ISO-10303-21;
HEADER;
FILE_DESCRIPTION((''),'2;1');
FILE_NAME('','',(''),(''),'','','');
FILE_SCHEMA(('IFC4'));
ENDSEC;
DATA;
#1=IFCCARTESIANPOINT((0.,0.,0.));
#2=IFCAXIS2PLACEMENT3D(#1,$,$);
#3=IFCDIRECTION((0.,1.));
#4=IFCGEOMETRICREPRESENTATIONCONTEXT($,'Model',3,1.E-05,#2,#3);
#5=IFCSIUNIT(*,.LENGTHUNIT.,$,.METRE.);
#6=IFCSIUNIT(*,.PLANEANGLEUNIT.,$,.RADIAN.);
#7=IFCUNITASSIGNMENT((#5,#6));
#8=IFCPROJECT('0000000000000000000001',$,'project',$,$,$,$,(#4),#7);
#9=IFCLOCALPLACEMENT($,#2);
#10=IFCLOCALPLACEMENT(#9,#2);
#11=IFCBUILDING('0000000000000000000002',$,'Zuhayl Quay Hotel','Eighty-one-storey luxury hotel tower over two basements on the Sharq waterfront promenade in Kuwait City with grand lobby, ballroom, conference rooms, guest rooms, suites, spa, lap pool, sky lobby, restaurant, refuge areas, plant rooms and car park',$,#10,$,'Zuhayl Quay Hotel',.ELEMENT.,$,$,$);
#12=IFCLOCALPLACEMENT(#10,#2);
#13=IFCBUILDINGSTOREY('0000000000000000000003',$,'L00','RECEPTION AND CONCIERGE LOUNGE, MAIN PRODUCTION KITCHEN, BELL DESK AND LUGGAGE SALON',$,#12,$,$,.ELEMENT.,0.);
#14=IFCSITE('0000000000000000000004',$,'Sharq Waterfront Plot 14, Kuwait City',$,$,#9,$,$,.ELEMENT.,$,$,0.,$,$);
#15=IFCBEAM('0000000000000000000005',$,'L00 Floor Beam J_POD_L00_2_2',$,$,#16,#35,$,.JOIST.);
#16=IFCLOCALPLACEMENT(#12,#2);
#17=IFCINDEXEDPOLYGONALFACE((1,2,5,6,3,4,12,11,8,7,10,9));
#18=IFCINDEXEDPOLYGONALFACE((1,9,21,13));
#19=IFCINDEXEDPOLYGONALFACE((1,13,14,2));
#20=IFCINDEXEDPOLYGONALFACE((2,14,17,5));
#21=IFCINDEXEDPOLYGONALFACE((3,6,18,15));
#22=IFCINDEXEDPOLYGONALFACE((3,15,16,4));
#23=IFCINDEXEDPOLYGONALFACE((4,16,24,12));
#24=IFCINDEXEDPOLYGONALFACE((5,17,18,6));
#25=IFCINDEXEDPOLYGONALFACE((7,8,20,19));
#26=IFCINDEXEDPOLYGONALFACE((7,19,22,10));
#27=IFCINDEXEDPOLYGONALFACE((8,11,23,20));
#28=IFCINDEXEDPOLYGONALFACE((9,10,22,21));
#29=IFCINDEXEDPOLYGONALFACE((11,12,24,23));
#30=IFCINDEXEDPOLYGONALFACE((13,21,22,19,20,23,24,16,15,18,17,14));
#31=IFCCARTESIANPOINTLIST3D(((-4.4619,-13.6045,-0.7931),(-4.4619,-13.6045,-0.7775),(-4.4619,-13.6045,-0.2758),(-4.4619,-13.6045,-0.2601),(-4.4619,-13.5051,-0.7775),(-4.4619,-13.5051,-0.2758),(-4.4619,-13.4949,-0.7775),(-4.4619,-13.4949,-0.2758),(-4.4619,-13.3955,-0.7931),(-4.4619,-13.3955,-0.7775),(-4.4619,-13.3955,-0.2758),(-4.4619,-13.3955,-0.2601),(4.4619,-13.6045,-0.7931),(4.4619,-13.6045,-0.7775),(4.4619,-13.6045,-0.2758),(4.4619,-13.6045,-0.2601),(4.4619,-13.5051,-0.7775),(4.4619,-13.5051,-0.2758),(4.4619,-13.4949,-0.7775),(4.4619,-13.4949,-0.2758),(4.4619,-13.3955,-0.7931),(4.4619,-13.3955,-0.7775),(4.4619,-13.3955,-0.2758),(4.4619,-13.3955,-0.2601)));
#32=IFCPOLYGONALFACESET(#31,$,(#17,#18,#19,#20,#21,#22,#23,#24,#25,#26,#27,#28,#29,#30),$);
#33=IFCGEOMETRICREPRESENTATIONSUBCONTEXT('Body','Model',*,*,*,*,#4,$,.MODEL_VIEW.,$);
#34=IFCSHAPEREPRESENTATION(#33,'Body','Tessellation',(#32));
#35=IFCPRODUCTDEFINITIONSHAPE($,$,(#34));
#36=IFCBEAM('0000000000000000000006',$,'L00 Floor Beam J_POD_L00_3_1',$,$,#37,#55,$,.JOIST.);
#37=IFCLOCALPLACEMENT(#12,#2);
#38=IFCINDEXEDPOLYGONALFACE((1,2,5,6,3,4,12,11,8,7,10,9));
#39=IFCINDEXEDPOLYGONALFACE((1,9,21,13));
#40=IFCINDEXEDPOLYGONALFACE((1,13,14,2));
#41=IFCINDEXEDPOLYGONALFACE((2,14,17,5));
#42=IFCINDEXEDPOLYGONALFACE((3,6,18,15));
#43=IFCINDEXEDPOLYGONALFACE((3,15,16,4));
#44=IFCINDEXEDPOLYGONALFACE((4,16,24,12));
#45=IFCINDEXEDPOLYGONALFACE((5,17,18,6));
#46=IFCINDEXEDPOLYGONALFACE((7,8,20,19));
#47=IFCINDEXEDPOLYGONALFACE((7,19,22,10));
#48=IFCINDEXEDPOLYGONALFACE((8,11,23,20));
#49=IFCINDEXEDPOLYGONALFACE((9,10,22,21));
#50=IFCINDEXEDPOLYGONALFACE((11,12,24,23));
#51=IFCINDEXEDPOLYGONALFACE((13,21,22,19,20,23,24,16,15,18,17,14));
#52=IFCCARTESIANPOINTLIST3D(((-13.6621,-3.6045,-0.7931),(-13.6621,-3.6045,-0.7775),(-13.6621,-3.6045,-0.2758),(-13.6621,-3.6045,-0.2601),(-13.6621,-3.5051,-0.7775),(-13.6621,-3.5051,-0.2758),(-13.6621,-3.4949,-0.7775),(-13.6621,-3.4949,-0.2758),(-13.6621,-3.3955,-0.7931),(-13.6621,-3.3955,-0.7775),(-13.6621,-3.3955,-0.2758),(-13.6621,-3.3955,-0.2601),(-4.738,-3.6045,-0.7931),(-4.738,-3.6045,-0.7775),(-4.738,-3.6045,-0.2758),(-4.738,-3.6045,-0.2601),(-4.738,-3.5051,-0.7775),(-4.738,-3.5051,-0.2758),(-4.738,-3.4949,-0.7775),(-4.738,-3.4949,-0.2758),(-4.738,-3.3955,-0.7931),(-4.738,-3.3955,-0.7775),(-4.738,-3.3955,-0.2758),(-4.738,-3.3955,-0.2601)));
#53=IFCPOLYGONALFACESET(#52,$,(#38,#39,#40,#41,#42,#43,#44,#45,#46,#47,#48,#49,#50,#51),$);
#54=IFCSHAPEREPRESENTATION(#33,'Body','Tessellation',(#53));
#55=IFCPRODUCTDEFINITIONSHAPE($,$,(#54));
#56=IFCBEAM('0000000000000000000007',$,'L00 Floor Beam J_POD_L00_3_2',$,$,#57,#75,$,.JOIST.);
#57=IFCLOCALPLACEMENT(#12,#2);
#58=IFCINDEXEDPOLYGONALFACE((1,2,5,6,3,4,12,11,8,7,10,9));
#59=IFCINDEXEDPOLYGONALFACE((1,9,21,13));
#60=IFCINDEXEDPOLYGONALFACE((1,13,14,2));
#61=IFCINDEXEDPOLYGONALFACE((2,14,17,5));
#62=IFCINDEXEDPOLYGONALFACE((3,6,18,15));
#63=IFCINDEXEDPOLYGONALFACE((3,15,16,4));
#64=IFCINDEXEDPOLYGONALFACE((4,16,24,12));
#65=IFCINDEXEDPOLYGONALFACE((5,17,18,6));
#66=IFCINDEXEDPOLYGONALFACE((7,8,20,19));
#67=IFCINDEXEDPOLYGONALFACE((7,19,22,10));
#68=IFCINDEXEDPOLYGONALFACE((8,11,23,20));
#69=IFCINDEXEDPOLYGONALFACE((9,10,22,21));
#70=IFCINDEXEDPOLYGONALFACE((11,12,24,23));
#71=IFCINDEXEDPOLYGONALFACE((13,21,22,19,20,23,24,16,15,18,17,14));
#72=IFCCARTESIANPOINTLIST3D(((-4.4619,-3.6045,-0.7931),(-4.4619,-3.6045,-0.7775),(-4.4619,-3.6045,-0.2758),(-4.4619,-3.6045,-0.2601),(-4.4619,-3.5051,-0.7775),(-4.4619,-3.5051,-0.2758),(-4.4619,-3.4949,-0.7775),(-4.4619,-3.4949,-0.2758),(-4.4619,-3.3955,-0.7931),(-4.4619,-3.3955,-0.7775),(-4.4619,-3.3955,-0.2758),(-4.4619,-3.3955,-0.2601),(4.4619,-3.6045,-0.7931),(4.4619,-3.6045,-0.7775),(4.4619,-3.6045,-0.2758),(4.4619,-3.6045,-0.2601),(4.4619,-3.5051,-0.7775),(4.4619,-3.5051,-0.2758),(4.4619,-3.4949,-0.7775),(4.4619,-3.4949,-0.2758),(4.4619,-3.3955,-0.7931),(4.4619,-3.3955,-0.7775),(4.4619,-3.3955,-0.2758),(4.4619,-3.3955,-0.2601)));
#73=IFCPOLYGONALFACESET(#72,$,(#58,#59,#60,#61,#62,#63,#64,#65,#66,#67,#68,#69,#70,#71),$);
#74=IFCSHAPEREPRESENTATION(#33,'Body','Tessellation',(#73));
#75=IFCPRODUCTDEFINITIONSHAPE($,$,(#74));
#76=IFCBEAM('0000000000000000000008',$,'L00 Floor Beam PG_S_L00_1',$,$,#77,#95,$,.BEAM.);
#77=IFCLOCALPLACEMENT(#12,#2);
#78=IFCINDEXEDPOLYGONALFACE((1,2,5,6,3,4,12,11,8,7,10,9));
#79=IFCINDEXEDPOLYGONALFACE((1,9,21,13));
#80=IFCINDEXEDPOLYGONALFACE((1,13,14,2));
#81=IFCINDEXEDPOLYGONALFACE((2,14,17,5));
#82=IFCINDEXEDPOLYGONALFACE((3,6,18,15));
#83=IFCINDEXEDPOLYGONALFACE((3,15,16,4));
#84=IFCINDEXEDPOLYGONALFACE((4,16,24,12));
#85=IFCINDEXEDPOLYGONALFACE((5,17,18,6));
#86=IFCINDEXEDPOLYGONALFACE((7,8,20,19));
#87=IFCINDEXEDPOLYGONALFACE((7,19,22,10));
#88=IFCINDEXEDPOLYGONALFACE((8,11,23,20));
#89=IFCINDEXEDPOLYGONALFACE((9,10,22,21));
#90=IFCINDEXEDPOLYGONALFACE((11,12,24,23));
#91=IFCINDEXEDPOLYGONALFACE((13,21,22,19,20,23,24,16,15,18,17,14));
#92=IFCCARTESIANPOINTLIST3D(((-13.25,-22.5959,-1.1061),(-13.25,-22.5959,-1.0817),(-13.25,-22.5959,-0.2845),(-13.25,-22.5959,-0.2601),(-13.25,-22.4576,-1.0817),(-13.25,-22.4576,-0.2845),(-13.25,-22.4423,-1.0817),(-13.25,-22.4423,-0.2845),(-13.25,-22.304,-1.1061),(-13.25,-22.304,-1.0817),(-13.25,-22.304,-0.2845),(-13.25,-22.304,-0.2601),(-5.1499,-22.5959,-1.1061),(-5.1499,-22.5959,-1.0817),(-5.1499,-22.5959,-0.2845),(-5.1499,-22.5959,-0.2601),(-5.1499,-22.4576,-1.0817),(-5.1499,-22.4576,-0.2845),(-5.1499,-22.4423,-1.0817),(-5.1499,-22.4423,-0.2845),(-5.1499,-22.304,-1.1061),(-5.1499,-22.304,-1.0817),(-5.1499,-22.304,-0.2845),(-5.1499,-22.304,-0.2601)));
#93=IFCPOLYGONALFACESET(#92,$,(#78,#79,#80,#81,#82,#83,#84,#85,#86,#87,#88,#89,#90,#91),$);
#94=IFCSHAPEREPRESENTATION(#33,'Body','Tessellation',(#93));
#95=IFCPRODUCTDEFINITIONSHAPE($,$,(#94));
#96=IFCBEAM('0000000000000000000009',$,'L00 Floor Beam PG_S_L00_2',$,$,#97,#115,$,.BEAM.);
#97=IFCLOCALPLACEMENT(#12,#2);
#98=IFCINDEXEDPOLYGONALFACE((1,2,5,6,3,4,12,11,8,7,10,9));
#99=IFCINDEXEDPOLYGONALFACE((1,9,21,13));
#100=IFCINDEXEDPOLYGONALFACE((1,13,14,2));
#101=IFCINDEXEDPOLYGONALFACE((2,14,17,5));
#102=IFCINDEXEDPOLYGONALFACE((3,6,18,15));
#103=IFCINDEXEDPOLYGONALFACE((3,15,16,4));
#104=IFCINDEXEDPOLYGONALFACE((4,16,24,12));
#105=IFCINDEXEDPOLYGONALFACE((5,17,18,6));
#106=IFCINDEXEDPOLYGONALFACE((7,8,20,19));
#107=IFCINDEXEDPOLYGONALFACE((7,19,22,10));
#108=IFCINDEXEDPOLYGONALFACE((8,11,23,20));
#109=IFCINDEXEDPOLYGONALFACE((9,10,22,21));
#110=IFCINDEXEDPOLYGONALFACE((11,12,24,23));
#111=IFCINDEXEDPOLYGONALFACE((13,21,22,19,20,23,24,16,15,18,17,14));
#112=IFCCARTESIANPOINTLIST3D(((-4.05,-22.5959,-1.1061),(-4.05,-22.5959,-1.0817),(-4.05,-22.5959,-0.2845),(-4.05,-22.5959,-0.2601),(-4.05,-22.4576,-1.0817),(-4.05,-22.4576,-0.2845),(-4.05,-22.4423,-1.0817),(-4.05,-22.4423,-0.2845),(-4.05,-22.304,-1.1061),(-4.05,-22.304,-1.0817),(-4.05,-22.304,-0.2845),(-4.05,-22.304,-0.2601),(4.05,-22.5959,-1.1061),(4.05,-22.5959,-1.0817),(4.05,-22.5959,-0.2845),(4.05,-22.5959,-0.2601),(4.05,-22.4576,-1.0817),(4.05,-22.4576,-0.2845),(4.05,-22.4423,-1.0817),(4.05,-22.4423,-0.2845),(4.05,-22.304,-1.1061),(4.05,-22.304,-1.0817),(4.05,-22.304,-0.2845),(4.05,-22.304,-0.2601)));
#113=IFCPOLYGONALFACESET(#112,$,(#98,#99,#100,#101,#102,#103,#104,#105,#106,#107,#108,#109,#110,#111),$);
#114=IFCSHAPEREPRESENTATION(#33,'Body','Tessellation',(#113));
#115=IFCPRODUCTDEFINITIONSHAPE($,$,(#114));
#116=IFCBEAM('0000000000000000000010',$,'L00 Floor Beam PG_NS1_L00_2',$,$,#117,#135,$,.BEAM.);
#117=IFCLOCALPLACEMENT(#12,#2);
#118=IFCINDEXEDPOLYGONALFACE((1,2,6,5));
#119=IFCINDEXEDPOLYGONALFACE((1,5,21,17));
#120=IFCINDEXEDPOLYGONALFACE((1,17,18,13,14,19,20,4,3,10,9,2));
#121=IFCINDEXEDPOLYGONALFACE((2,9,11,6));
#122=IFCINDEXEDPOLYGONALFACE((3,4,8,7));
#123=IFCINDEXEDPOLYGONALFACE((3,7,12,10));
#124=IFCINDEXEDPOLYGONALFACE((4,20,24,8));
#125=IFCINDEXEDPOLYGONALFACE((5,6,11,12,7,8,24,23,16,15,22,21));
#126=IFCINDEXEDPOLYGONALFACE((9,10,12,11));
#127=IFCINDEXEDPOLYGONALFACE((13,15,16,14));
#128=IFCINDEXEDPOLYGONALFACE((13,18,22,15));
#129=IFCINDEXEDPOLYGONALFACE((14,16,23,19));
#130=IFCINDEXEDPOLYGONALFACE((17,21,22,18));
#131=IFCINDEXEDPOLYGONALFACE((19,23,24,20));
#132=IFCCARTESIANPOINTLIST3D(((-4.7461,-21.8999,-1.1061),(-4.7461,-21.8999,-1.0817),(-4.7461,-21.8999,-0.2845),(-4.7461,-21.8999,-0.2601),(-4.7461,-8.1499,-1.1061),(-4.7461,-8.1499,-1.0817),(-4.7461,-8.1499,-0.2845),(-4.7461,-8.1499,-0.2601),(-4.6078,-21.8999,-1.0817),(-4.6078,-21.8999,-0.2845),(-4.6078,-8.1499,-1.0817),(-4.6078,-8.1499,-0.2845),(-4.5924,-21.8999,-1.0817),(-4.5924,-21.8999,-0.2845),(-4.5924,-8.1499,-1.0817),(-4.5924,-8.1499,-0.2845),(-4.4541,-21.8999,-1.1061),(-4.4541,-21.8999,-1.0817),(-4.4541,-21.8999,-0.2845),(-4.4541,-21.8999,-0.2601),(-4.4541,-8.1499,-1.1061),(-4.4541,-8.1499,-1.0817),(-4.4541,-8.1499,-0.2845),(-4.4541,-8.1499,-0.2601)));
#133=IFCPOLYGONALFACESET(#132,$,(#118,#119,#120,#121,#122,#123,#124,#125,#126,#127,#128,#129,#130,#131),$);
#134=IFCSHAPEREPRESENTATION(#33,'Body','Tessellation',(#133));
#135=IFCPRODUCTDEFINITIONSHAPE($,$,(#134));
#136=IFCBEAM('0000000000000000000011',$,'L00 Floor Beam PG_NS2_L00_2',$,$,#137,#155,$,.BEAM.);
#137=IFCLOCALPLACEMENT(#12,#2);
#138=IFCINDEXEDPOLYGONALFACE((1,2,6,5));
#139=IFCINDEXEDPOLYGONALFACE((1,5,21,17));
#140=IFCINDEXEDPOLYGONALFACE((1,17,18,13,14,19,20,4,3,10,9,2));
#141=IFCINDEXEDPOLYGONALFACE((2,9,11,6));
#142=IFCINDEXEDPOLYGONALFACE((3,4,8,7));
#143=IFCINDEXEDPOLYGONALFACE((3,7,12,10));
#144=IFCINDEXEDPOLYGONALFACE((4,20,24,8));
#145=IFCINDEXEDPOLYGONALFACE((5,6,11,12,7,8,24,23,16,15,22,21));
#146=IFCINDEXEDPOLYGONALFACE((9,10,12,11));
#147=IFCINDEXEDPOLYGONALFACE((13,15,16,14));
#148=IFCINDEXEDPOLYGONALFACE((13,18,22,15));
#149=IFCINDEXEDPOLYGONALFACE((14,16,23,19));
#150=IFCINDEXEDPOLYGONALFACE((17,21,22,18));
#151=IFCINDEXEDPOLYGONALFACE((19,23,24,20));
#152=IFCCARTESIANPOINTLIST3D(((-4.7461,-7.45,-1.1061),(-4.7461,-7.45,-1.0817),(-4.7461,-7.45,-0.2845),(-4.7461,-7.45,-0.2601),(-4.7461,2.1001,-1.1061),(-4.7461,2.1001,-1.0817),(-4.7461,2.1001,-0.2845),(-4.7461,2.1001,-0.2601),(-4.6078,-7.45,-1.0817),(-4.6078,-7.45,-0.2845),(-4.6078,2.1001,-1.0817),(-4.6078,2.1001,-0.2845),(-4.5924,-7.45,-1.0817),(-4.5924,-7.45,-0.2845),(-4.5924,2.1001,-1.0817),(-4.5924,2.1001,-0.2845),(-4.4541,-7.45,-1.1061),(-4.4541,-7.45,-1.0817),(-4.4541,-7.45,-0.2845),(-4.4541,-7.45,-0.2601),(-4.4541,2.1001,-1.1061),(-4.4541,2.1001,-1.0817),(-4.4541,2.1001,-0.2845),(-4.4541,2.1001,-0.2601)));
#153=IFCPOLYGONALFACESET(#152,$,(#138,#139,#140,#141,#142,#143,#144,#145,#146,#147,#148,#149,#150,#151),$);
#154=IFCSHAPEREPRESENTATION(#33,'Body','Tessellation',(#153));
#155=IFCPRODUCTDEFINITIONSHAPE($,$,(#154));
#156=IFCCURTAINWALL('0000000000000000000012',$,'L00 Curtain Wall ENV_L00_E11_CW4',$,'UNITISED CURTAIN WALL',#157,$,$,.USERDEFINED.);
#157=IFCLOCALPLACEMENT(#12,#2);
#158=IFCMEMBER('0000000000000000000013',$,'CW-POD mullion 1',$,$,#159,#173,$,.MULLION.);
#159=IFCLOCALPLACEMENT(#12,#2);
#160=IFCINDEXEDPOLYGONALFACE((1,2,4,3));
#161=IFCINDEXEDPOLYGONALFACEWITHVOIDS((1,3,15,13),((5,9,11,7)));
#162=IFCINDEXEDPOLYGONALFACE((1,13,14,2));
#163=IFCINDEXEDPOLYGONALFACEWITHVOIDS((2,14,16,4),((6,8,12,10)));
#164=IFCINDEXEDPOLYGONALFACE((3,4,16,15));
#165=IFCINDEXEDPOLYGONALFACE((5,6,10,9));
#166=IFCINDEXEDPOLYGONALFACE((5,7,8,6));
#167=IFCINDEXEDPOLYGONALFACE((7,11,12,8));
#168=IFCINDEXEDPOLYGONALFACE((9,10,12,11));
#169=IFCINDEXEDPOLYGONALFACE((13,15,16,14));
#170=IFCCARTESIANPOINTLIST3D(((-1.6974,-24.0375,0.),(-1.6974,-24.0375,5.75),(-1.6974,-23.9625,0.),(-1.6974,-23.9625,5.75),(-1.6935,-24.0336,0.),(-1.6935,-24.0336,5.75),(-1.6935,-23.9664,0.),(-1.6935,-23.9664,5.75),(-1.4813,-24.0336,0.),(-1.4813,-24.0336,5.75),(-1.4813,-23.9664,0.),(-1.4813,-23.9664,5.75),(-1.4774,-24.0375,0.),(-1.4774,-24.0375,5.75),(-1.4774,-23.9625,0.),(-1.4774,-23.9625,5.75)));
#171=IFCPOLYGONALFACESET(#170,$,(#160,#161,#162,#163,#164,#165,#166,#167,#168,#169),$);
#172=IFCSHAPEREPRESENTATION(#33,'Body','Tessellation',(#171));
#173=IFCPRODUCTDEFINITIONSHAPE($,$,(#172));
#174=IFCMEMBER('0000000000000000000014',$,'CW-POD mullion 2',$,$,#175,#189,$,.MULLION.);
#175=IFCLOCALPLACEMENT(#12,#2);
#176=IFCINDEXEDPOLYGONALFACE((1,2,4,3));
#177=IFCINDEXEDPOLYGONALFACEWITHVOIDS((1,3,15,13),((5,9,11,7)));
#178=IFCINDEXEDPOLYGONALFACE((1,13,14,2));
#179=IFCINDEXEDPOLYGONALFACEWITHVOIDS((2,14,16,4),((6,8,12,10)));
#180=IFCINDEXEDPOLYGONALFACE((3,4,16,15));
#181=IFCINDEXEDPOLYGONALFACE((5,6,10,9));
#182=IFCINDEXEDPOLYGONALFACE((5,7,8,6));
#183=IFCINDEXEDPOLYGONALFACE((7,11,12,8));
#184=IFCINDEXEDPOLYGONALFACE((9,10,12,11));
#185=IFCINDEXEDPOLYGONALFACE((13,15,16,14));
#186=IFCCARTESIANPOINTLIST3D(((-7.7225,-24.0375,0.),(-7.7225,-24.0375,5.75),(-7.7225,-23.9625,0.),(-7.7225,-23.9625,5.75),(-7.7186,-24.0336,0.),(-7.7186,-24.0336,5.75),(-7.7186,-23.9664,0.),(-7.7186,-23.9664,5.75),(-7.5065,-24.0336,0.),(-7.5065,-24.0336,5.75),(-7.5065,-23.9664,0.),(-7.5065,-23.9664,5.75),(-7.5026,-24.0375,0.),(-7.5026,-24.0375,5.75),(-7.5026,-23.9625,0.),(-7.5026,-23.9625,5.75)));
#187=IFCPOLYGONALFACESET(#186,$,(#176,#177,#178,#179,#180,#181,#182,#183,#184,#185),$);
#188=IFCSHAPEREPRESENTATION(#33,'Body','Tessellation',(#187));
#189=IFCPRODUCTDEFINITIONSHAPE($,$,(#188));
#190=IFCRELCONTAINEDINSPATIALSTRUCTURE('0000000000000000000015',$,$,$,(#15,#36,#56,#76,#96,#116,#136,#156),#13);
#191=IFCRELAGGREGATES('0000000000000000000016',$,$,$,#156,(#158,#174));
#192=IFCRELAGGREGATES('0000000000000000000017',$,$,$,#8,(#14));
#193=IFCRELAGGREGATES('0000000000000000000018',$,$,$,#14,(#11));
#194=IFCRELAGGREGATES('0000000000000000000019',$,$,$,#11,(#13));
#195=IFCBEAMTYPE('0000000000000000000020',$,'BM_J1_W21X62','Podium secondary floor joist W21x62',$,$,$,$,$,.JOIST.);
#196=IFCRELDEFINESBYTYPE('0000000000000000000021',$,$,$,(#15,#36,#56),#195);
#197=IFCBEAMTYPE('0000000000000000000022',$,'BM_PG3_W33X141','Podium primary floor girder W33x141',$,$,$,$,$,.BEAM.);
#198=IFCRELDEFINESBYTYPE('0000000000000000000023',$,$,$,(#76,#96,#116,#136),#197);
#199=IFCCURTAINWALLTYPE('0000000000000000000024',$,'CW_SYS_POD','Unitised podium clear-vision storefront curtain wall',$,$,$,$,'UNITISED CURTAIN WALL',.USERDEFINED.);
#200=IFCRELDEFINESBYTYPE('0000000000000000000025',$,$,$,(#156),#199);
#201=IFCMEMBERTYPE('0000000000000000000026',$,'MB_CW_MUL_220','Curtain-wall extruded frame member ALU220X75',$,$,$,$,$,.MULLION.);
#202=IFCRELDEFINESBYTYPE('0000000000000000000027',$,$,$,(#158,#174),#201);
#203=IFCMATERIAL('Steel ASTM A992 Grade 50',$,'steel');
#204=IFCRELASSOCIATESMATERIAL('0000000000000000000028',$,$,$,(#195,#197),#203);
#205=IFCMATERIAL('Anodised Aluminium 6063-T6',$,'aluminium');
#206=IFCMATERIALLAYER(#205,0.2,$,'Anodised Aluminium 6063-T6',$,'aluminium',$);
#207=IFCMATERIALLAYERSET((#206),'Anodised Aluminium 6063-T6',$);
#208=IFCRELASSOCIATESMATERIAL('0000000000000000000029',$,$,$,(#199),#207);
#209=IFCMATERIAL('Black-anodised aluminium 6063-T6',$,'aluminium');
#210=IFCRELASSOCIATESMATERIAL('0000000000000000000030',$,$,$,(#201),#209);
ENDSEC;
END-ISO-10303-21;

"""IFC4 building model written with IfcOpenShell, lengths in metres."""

from ifc_helpers import new_model, si_unit, direction, frame, origin, origin_2d, place, context, subcontext, project, spatial, hollow_rectangle, i_section, extrude, material, layer, layer_set, material_profile, profile_set, type_object, element, aggregate, save


model = new_model("IFC4")

# Units and contexts
model_context = context("Model", 3, precision=1e-05, world=origin(), true_north=direction((0.0, 1.0)))
body_context = subcontext(model_context, "Body", "Model", "MODEL_VIEW")
ifc_project = project(units=[si_unit("LENGTHUNIT", "METRE"), si_unit("PLANEANGLEUNIT", "RADIAN")], contexts=[model_context])

# Site, building, storey
site_placement = place(None, origin())
site = spatial("IfcSite", under=ifc_project, at=site_placement, Name="Sharq Waterfront Plot 14, Kuwait City", CompositionType="ELEMENT", RefElevation=0.0)
building_placement = place(site_placement, origin())
building = spatial("IfcBuilding", under=site, at=building_placement, Name="Zuhayl Quay Hotel", Description="Eighty-one-storey luxury hotel tower over two basements on the Sharq waterfront promenade in Kuwait City with grand lobby, ballroom, conference rooms, guest rooms, suites, spa, lap pool, sky lobby, restaurant, refuge areas, plant rooms and car park", LongName="Zuhayl Quay Hotel", CompositionType="ELEMENT")
storey_placement = place(building_placement, origin())
storey = spatial("IfcBuildingStorey", under=building, at=storey_placement, Name="L00", Description="RECEPTION AND CONCIERGE LOUNGE, MAIN PRODUCTION KITCHEN, BELL DESK AND LUGGAGE SALON", CompositionType="ELEMENT", Elevation=0.0)

# Beams
ifc_material_1 = material(Name="Steel ASTM A992 Grade 50", Category="steel")
ifc_material_profile_1 = material_profile(ifc_material_1, i_section(OverallWidth=0.209, OverallDepth=0.533, WebThickness=0.0103, FlangeThickness=0.0156, at=origin_2d()), Name="W21X62")
ifc_profile_set_1 = profile_set([ifc_material_profile_1], Name="Steel ASTM A992 Grade 50")
beam_type_1 = type_object("IfcBeamType", Name="BM_J1_W21X62", Description="Podium secondary floor joist W21x62", PredefinedType="JOIST", material=ifc_profile_set_1)
for number, where, z_axis, x_axis, name in (
    (1, (-4.4619, -13.5, -0.5266), (1.0, 0.0, 0.0), (0.0, 1.0, 0.0), "L00 Floor Beam J_POD_L00_2_2"),
):
    element("IfcBeam", number, at=place(storey_placement, frame(where, z_axis=z_axis, x_axis=x_axis)), inside=storey, type_object=beam_type_1, Name=name, PredefinedType="JOIST", context=body_context, shape_type="SweptSolid", body=[
        extrude(i_section(OverallWidth=0.209, OverallDepth=0.533, WebThickness=0.0103, FlangeThickness=0.0156, at=origin_2d()), origin(), (0.0, 0.0, 1.0), 8.9238),
    ])
beam_1_placement = place(storey_placement, frame((-13.6621, -3.5, -0.5266), z_axis=(1.0, 0.0, 0.0), x_axis=(0.0, 1.0, 0.0)))
element("IfcBeam", 2, at=beam_1_placement, inside=storey, type_object=beam_type_1, Name="L00 Floor Beam J_POD_L00_3_1", PredefinedType="JOIST", context=body_context, shape_type="SweptSolid", body=[
    extrude(i_section(OverallWidth=0.209, OverallDepth=0.533, WebThickness=0.0103, FlangeThickness=0.0156, at=origin_2d()), origin(), (0.0, 0.0, 1.0), 8.9241),
])
beam_2_placement = place(storey_placement, frame((-4.4619, -3.5, -0.5266), z_axis=(1.0, 0.0, 0.0), x_axis=(0.0, 1.0, 0.0)))
element("IfcBeam", 3, at=beam_2_placement, inside=storey, type_object=beam_type_1, Name="L00 Floor Beam J_POD_L00_3_2", PredefinedType="JOIST", context=body_context, shape_type="SweptSolid", body=[
    extrude(i_section(OverallWidth=0.209, OverallDepth=0.533, WebThickness=0.0103, FlangeThickness=0.0156, at=origin_2d()), origin(), (0.0, 0.0, 1.0), 8.9238),
])
ifc_material_profile_2 = material_profile(ifc_material_1, i_section(OverallWidth=0.292, OverallDepth=0.8459, WebThickness=0.0154, FlangeThickness=0.0244, at=origin_2d()), Name="W33X141")
ifc_profile_set_2 = profile_set([ifc_material_profile_2], Name="Steel ASTM A992 Grade 50")
beam_type_2 = type_object("IfcBeamType", Name="BM_PG3_W33X141", Description="Podium primary floor girder W33x141", PredefinedType="BEAM", material=ifc_profile_set_2)
for number, where, z_axis, x_axis, name in (
    (4, (-13.25, -22.45, -0.6831), (1.0, 0.0, 0.0), (0.0, 1.0, 0.0), "L00 Floor Beam PG_S_L00_1"),
    (5, (-4.05, -22.45, -0.6831), (1.0, 0.0, 0.0), (0.0, 1.0, 0.0), "L00 Floor Beam PG_S_L00_2"),
):
    element("IfcBeam", number, at=place(storey_placement, frame(where, z_axis=z_axis, x_axis=x_axis)), inside=storey, type_object=beam_type_2, Name=name, PredefinedType="BEAM", context=body_context, shape_type="SweptSolid", body=[
        extrude(i_section(OverallWidth=0.292, OverallDepth=0.8459, WebThickness=0.0154, FlangeThickness=0.0244, at=origin_2d()), origin(), (0.0, 0.0, 1.0), 8.1001),
    ])
beam_3_placement = place(storey_placement, frame((-4.6001, -21.8999, -0.6831), z_axis=(0.0, 1.0, 0.0), x_axis=(-1.0, 0.0, 0.0)))
element("IfcBeam", 6, at=beam_3_placement, inside=storey, type_object=beam_type_2, Name="L00 Floor Beam PG_NS1_L00_2", PredefinedType="BEAM", context=body_context, shape_type="SweptSolid", body=[
    extrude(i_section(OverallWidth=0.292, OverallDepth=0.8459, WebThickness=0.0154, FlangeThickness=0.0244, at=origin_2d()), origin(), (0.0, 0.0, 1.0), 13.75),
])
beam_4_placement = place(storey_placement, frame((-4.6001, -7.45, -0.6831), z_axis=(0.0, 1.0, 0.0), x_axis=(-1.0, 0.0, 0.0)))
element("IfcBeam", 7, at=beam_4_placement, inside=storey, type_object=beam_type_2, Name="L00 Floor Beam PG_NS2_L00_2", PredefinedType="BEAM", context=body_context, shape_type="SweptSolid", body=[
    extrude(i_section(OverallWidth=0.292, OverallDepth=0.8459, WebThickness=0.0154, FlangeThickness=0.0244, at=origin_2d()), origin(), (0.0, 0.0, 1.0), 9.55),
])

# Curtain wall, members
ifc_material_2 = material(Name="Anodised Aluminium 6063-T6", Category="aluminium")
ifc_layer_1 = layer(ifc_material_2, 0.2, Name="Anodised Aluminium 6063-T6", Category="aluminium")
ifc_layer_set_1 = layer_set([ifc_layer_1], Name="Anodised Aluminium 6063-T6")
curtain_wall_type = type_object("IfcCurtainWallType", Name="CW_SYS_POD", Description="Unitised podium clear-vision storefront curtain wall", ElementType="UNITISED CURTAIN WALL", PredefinedType="USERDEFINED", material=ifc_layer_set_1)
curtain_wall_1_placement = place(storey_placement, origin())
curtain_wall_1 = element("IfcCurtainWall", 8, at=curtain_wall_1_placement, inside=storey, type_object=curtain_wall_type, Name="L00 Curtain Wall ENV_L00_E11_CW4", ObjectType="UNITISED CURTAIN WALL", PredefinedType="USERDEFINED")
ifc_material_3 = material(Name="Black-anodised aluminium 6063-T6", Category="aluminium")
ifc_material_profile_3 = material_profile(ifc_material_3, hollow_rectangle(XDim=0.075, YDim=0.22, WallThickness=0.0039, at=origin_2d()), Name="ALU220X75")
ifc_profile_set_3 = profile_set([ifc_material_profile_3], Name="Black-anodised aluminium 6063-T6")
member_type_1 = type_object("IfcMemberType", Name="MB_CW_MUL_220", Description="Curtain-wall extruded frame member ALU220X75", PredefinedType="MULLION", material=ifc_profile_set_3)
member_1_placement = place(storey_placement, frame((-1.5874, -24.0, 0.0), z_axis=(0.0, 0.0, 1.0), x_axis=(0.0, -1.0, 0.0)))
member_1 = element("IfcMember", 9, at=member_1_placement, type_object=member_type_1, Name="CW-POD mullion 1", PredefinedType="MULLION", context=body_context, shape_type="SweptSolid", body=[
    extrude(hollow_rectangle(XDim=0.075, YDim=0.22, WallThickness=0.0039, at=origin_2d()), origin(), (0.0, 0.0, 1.0), 5.75),
])
member_2_placement = place(storey_placement, frame((-7.6125, -24.0, 0.0), z_axis=(0.0, 0.0, 1.0), x_axis=(0.0, -1.0, 0.0)))
member_2 = element("IfcMember", 10, at=member_2_placement, type_object=member_type_1, Name="CW-POD mullion 2", PredefinedType="MULLION", context=body_context, shape_type="SweptSolid", body=[
    extrude(hollow_rectangle(XDim=0.075, YDim=0.22, WallThickness=0.0039, at=origin_2d()), origin(), (0.0, 0.0, 1.0), 5.75),
])

aggregate(curtain_wall_1, [member_1, member_2])

save(model, "model.ifc")
